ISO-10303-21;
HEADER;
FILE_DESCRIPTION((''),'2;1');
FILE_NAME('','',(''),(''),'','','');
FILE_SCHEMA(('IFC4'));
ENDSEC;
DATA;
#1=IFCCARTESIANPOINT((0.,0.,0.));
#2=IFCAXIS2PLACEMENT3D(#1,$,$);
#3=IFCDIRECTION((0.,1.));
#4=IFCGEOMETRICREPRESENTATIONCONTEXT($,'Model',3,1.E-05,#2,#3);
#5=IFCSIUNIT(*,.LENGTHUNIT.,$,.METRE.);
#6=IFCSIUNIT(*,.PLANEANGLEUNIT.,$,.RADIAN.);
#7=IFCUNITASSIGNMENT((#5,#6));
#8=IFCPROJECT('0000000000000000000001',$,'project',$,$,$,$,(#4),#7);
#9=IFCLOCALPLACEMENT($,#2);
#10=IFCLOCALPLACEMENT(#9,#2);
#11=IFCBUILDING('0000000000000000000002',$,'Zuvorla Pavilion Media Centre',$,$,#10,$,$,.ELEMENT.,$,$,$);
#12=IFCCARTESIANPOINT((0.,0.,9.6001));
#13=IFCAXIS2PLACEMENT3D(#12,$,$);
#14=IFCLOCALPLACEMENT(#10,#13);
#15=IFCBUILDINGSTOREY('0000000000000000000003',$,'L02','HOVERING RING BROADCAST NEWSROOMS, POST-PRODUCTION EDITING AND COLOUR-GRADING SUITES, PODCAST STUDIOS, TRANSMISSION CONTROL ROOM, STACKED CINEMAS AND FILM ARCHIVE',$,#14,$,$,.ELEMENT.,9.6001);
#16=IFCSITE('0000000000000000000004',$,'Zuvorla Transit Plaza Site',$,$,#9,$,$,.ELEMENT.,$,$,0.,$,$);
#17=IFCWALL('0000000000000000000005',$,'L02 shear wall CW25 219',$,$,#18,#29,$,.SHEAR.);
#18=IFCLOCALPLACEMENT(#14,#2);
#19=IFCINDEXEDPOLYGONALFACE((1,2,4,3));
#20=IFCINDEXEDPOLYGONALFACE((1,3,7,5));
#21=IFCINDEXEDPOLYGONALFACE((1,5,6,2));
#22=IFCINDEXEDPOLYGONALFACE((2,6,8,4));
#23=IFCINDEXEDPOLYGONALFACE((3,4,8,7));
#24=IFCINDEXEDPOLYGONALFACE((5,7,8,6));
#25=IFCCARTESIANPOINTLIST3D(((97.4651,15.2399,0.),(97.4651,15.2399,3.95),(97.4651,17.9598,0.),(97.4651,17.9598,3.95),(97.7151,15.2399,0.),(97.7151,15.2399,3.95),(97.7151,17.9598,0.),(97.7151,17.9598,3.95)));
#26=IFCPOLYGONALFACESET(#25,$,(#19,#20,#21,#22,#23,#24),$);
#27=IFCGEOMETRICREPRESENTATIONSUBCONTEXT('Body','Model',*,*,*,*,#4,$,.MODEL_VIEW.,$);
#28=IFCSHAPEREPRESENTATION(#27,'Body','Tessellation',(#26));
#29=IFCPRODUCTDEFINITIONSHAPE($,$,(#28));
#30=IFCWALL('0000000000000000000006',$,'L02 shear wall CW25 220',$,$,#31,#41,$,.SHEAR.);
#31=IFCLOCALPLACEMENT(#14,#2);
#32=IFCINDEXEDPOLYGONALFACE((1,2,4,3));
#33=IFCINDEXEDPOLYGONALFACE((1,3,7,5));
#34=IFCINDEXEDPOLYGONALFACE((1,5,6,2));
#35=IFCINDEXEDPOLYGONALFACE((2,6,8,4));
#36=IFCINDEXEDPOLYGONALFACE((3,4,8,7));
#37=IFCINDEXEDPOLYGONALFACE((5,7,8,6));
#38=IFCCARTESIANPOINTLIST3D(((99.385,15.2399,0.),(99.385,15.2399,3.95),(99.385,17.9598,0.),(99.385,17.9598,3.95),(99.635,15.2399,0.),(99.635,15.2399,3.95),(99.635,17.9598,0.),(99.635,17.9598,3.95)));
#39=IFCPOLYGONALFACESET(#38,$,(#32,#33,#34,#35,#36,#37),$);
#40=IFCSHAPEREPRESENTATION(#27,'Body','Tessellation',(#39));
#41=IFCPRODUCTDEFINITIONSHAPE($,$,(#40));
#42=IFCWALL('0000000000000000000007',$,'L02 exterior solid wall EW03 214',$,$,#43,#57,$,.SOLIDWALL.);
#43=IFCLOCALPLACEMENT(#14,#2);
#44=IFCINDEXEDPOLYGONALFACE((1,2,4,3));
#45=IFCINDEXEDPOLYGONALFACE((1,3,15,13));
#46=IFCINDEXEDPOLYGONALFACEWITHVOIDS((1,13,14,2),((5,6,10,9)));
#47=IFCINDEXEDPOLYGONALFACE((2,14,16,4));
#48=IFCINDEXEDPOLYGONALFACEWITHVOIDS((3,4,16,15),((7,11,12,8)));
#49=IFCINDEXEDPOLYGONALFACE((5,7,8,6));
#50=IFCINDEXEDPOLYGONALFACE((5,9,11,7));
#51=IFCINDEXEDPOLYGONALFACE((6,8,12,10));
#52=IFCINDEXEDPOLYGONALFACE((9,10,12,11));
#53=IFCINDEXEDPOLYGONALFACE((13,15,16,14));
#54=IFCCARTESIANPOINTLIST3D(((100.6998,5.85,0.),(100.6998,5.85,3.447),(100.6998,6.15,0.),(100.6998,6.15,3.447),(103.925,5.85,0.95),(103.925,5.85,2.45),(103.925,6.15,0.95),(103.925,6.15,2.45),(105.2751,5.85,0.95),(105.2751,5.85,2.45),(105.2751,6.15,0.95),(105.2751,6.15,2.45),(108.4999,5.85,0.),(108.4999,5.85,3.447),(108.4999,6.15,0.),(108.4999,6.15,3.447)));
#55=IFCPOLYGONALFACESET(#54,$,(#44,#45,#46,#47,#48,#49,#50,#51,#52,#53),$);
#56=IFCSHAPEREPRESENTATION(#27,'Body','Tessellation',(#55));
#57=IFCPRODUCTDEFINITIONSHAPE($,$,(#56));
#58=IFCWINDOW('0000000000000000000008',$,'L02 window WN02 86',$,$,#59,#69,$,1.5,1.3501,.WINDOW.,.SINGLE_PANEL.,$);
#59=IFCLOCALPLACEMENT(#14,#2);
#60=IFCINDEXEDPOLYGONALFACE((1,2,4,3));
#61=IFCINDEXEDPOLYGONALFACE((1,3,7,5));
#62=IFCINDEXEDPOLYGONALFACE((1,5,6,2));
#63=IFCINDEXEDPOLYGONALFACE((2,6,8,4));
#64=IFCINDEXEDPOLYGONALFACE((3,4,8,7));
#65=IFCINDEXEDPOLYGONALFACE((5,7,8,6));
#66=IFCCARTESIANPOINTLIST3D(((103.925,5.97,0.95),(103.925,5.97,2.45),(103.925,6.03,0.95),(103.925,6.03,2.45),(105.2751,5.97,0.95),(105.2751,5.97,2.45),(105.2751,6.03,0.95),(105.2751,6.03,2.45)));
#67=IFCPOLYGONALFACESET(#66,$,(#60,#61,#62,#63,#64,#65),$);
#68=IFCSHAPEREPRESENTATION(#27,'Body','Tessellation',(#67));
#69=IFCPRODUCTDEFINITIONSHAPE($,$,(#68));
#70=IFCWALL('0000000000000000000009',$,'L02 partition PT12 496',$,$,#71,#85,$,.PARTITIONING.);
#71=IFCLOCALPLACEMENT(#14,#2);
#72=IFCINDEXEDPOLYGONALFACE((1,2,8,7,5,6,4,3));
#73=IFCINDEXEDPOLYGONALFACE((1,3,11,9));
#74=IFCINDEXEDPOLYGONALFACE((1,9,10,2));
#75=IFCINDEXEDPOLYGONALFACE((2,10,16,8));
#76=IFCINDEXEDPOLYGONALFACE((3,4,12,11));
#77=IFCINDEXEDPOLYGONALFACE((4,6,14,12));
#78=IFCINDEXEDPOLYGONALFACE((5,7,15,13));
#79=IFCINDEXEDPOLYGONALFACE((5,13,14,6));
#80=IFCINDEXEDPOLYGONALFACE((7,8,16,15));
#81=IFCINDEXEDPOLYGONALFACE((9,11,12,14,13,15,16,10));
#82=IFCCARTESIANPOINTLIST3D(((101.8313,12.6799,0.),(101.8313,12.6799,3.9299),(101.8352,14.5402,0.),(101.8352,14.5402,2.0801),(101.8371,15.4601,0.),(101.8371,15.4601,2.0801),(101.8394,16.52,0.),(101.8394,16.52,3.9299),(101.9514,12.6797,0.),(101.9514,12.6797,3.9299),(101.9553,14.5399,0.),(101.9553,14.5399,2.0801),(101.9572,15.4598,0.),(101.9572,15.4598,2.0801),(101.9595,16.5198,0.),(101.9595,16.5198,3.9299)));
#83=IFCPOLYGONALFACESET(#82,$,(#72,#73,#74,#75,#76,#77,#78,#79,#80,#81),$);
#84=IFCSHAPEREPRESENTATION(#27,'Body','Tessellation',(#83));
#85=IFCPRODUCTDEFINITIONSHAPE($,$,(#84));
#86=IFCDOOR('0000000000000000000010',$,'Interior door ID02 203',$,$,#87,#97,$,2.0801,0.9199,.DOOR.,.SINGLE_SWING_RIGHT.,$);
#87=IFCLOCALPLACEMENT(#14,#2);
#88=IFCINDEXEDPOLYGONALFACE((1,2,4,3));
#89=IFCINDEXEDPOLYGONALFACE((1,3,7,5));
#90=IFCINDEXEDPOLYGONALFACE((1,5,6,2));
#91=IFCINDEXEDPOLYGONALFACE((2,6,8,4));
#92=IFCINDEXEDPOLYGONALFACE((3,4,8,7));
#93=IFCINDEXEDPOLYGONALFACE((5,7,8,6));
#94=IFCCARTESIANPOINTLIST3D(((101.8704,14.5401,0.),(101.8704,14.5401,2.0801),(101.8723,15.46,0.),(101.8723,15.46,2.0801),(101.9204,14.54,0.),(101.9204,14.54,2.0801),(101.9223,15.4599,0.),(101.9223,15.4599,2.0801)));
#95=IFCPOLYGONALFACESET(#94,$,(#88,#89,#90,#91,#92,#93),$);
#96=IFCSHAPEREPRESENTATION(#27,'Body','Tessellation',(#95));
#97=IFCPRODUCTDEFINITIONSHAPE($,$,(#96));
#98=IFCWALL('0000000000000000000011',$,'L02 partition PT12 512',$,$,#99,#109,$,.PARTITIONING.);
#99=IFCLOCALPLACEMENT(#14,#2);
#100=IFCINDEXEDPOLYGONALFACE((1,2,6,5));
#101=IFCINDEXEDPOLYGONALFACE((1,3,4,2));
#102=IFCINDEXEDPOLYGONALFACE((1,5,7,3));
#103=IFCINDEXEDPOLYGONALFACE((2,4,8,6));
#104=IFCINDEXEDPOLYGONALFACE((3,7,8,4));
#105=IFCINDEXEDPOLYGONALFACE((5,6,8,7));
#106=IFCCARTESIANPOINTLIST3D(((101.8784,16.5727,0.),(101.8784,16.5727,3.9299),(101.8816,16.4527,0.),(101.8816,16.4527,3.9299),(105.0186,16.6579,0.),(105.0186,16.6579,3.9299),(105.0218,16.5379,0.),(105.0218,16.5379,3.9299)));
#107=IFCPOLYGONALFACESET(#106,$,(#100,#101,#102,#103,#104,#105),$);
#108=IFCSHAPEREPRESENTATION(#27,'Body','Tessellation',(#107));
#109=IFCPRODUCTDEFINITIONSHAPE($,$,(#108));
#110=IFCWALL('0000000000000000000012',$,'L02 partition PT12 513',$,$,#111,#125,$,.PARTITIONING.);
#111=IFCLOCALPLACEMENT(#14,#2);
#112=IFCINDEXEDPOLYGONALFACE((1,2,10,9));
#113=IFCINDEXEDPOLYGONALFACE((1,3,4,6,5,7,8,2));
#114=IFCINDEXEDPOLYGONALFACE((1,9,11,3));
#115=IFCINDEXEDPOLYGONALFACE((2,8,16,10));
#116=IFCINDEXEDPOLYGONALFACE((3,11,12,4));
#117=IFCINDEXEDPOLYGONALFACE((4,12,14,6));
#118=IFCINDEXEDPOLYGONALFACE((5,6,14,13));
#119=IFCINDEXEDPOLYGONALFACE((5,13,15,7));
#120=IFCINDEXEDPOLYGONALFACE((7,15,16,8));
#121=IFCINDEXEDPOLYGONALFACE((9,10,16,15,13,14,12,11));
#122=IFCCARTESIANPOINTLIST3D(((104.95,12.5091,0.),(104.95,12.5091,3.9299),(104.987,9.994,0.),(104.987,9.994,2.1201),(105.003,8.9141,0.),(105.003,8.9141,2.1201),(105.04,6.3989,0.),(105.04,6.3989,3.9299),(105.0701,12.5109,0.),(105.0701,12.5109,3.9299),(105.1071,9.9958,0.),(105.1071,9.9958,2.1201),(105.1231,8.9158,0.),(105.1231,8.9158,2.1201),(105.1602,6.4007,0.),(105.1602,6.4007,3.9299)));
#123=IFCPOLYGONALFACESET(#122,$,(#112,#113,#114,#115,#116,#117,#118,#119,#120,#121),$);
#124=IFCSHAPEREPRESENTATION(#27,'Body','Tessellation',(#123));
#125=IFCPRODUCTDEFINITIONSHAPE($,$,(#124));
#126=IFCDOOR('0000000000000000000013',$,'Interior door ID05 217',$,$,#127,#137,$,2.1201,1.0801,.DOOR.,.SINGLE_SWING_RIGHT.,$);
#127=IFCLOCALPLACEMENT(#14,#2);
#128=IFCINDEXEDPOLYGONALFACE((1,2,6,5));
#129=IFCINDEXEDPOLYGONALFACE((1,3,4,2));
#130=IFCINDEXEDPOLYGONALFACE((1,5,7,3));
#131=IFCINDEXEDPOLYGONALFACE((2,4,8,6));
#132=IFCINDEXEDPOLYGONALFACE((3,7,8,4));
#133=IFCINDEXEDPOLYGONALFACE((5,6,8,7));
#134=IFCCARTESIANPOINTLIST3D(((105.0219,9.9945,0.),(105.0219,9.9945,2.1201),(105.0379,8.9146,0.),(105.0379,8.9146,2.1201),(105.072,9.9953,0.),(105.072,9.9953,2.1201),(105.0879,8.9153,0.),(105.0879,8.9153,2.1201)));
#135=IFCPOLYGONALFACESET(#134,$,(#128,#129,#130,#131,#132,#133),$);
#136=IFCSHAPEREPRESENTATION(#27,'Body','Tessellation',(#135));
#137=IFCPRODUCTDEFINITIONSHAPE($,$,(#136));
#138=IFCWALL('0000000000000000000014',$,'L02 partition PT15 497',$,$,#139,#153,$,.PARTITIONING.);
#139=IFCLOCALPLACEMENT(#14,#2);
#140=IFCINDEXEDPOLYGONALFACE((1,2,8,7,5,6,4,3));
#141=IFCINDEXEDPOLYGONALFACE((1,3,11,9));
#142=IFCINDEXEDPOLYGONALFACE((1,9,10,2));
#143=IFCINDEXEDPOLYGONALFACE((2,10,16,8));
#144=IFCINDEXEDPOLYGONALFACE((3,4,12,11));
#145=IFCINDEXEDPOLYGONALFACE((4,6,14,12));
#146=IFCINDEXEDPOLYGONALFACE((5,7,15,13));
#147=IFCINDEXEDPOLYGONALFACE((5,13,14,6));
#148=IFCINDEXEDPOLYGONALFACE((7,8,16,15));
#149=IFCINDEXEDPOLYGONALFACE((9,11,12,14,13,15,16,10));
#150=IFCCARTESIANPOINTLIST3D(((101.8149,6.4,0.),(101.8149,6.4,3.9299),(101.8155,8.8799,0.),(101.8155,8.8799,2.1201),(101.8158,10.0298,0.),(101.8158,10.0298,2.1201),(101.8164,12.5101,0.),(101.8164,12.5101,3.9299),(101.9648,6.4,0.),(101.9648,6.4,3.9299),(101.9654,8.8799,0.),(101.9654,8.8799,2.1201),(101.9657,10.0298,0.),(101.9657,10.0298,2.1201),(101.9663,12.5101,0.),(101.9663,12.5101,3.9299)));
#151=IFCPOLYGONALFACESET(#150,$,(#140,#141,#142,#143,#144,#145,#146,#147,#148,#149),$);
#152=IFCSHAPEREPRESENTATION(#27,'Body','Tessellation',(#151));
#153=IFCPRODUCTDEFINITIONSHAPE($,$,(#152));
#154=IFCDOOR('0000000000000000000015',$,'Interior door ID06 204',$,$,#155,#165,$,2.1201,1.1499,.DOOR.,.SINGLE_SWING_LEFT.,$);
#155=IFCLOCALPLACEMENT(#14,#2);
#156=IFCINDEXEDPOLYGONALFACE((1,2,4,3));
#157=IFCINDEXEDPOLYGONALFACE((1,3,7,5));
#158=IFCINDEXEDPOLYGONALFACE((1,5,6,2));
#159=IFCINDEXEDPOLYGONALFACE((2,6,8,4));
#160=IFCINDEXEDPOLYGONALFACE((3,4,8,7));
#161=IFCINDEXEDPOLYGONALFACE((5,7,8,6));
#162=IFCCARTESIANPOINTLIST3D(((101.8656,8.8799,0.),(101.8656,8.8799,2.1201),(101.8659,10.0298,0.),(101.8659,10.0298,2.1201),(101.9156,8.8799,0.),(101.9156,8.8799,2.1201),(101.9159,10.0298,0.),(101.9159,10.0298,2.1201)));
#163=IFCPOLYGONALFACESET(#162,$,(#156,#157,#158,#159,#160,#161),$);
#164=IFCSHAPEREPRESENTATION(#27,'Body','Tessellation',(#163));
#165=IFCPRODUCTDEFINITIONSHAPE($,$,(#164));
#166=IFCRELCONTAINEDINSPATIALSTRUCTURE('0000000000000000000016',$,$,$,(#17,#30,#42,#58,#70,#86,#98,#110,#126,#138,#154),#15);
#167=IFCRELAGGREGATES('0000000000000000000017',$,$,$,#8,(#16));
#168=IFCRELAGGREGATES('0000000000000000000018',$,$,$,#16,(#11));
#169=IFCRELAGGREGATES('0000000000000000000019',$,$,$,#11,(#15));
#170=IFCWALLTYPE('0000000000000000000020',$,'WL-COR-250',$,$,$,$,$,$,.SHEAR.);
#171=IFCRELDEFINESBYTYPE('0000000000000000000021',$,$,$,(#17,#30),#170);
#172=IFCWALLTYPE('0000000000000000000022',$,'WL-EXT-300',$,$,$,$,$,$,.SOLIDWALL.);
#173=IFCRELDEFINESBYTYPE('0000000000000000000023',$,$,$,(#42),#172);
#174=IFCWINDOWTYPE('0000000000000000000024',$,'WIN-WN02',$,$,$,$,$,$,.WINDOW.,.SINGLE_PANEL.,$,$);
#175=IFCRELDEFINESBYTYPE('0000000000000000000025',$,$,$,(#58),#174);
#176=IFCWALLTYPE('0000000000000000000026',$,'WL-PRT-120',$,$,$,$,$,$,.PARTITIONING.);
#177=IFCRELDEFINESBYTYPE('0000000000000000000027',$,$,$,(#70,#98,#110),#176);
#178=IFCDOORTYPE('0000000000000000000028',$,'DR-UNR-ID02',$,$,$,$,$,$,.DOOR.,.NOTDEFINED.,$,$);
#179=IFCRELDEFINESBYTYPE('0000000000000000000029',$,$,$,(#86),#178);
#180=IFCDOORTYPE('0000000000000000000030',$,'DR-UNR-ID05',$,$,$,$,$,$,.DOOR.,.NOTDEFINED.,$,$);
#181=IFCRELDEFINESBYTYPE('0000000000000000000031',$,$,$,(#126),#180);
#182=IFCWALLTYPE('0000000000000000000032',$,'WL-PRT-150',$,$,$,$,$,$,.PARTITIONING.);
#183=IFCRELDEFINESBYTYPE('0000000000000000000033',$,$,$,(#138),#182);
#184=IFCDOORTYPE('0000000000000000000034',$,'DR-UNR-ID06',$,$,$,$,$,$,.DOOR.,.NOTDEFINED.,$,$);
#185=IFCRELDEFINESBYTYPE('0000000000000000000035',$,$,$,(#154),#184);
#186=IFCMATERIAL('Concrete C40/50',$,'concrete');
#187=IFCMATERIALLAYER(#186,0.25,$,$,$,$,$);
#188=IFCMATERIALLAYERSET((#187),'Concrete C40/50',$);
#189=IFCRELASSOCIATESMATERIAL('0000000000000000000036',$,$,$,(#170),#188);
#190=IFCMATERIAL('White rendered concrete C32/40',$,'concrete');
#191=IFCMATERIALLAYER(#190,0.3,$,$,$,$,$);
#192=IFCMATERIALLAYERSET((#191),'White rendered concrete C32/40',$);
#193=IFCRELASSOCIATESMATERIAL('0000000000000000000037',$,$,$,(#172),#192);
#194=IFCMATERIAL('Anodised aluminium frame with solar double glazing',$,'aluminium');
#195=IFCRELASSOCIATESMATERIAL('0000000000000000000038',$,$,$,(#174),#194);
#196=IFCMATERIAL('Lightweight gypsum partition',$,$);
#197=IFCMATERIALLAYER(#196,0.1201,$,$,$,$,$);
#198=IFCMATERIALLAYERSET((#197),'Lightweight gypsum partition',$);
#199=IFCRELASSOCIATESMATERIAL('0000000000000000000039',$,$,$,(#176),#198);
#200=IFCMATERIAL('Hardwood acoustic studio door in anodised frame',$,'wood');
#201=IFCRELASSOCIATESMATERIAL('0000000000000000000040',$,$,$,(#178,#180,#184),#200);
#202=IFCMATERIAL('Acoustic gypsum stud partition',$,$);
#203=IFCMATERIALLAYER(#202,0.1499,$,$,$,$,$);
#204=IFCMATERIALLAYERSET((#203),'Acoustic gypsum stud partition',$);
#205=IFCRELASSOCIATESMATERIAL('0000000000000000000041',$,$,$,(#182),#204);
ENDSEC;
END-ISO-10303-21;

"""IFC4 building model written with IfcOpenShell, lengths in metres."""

from ifc_helpers import new_model, si_unit, direction, frame, frame_2d, origin, place, context, subcontext, project, spatial, rectangle, extrude, material, layer, layer_set, type_object, element, fill, save


model = new_model("IFC4")

# Units and contexts
model_context = context("Model", 3, precision=1e-05, world=origin(), true_north=direction((0.0, 1.0)))
body_context = subcontext(model_context, "Body", "Model", "MODEL_VIEW")
ifc_project = project(units=[si_unit("LENGTHUNIT", "METRE"), si_unit("PLANEANGLEUNIT", "RADIAN")], contexts=[model_context])

# Site, building, storey
site_placement = place(None, origin())
site = spatial("IfcSite", under=ifc_project, at=site_placement, Name="Zuvorla Transit Plaza Site", CompositionType="ELEMENT", RefElevation=0.0)
building_placement = place(site_placement, origin())
building = spatial("IfcBuilding", under=site, at=building_placement, Name="Zuvorla Pavilion Media Centre", CompositionType="ELEMENT")
storey_placement = place(building_placement, frame((0.0, 0.0, 9.6001)))
storey = spatial("IfcBuildingStorey", under=building, at=storey_placement, Name="L02", Description="HOVERING RING BROADCAST NEWSROOMS, POST-PRODUCTION EDITING AND COLOUR-GRADING SUITES, PODCAST STUDIOS, TRANSMISSION CONTROL ROOM, STACKED CINEMAS AND FILM ARCHIVE", CompositionType="ELEMENT", Elevation=9.6001)

# Shared definitions
ifc_material_1 = material(Name="Concrete C40/50", Category="concrete")

# Shared definitions
ifc_layer_1 = layer(ifc_material_1, 0.25)
ifc_layer_set_1 = layer_set([ifc_layer_1], Name="Concrete C40/50")
wall_type_1 = type_object("IfcWallType", Name="WL-COR-250", PredefinedType="SHEAR", material=ifc_layer_set_1)

# Walls
for number, where, z_axis, x_axis, name in (
    (1, (97.5901, 15.24, 0.0), (0.0, 0.0, 1.0), (0.0, 1.0, 0.0), "L02 shear wall CW25 219"),
    (2, (99.51, 15.24, 0.0), (0.0, 0.0, 1.0), (0.0, 1.0, 0.0), "L02 shear wall CW25 220"),
):
    element("IfcWall", number, at=place(storey_placement, frame(where, z_axis=z_axis, x_axis=x_axis)), inside=storey, type_object=wall_type_1, Name=name, PredefinedType="SHEAR", context=body_context, shape_type="SweptSolid", body=[
        extrude(rectangle(XDim=2.72, YDim=0.25, at=frame_2d((1.3599, 0.0))), origin(), (0.0, 0.0, 1.0), 3.95),
    ])

# Wall, opening, window
ifc_material_2 = material(Name="White rendered concrete C32/40", Category="concrete")
ifc_layer_2 = layer(ifc_material_2, 0.3)
ifc_layer_set_2 = layer_set([ifc_layer_2], Name="White rendered concrete C32/40")
wall_type_2 = type_object("IfcWallType", Name="WL-EXT-300", PredefinedType="SOLIDWALL", material=ifc_layer_set_2)
wall_1_placement = place(storey_placement, frame((100.7, 6.0, 0.0), z_axis=(0.0, 0.0, 1.0), x_axis=(1.0, 0.0, 0.0)))
wall_1 = element("IfcWall", 3, at=wall_1_placement, inside=storey, type_object=wall_type_2, Name="L02 exterior solid wall EW03 214", PredefinedType="SOLIDWALL", context=body_context, shape_type="SweptSolid", body=[
    extrude(rectangle(XDim=7.8, YDim=0.3, at=frame_2d((3.8999, 0.0))), origin(), (0.0, 0.0, 1.0), 3.447),
])
opening_1_placement = place(wall_1_placement, frame((3.2251, 0.0, 0.95)))
opening_1 = element("IfcOpeningElement", 4, at=opening_1_placement, cuts=wall_1, PredefinedType="OPENING", context=body_context, shape_type="SweptSolid", body=[
    extrude(rectangle(XDim=1.3501, YDim=1.5, at=frame_2d((0.675, 0.75))), frame((0.0, 0.1599, 0.0), z_axis=(0.0, -1.0, 0.0), x_axis=(1.0, 0.0, 0.0)), (0.0, 0.0, 1.0), 0.3201),
])
ifc_material_3 = material(Name="Anodised aluminium frame with solar double glazing", Category="aluminium")
window_type = type_object("IfcWindowType", Name="WIN-WN02", PartitioningType="SINGLE_PANEL", PredefinedType="WINDOW", material=ifc_material_3)
window_placement = place(opening_1_placement, origin())
window = element("IfcWindow", 5, at=window_placement, inside=storey, type_object=window_type, Name="L02 window WN02 86", OverallHeight=1.5, OverallWidth=1.3501, PartitioningType="SINGLE_PANEL", PredefinedType="WINDOW", context=body_context, shape_type="SweptSolid", body=[
    extrude(rectangle(XDim=1.3501, YDim=1.5, at=frame_2d((0.675, 0.75))), frame((0.0, 0.03, 0.0), z_axis=(0.0, -1.0, 0.0), x_axis=(1.0, 0.0, 0.0)), (0.0, 0.0, 1.0), 0.0601),
])
fill(opening_1, window)

# Wall, opening, door
ifc_material_4 = material(Name="Lightweight gypsum partition")
ifc_layer_3 = layer(ifc_material_4, 0.1201)
ifc_layer_set_3 = layer_set([ifc_layer_3], Name="Lightweight gypsum partition")
wall_type_3 = type_object("IfcWallType", Name="WL-PRT-120", PredefinedType="PARTITIONING", material=ifc_layer_set_3)
wall_2_placement = place(storey_placement, frame((101.8914, 12.6799, 0.0), z_axis=(0.0, 0.0, 1.0), x_axis=(0.002098, 0.999998, 0.0)))
wall_2 = element("IfcWall", 6, at=wall_2_placement, inside=storey, type_object=wall_type_3, Name="L02 partition PT12 496", PredefinedType="PARTITIONING", context=body_context, shape_type="SweptSolid", body=[
    extrude(rectangle(XDim=3.8401, YDim=0.1201, at=frame_2d((1.9199, 0.0))), origin(), (0.0, 0.0, 1.0), 3.9299),
])
opening_2_placement = place(wall_2_placement, frame((1.8601, 0.0, 0.0)))
opening_2 = element("IfcOpeningElement", 7, at=opening_2_placement, cuts=wall_2, PredefinedType="OPENING", context=body_context, shape_type="SweptSolid", body=[
    extrude(rectangle(XDim=0.9199, YDim=2.0801, at=frame_2d((0.46, 1.04))), frame((0.0, 0.0701, 0.0), z_axis=(0.0, -1.0, 0.0), x_axis=(1.0, 0.0, 0.0)), (0.0, 0.0, 1.0), 0.1401),
])
ifc_material_5 = material(Name="Hardwood acoustic studio door in anodised frame", Category="wood")
door_type_1 = type_object("IfcDoorType", Name="DR-UNR-ID02", OperationType="NOTDEFINED", PredefinedType="DOOR", material=ifc_material_5)
door_1_placement = place(opening_2_placement, origin())
door_1 = element("IfcDoor", 8, at=door_1_placement, inside=storey, type_object=door_type_1, Name="Interior door ID02 203", OperationType="SINGLE_SWING_RIGHT", OverallHeight=2.0801, OverallWidth=0.9199, PredefinedType="DOOR", context=body_context, shape_type="SweptSolid", body=[
    extrude(rectangle(XDim=0.9199, YDim=2.0801, at=frame_2d((0.46, 1.04))), frame((0.0, 0.0249, 0.0), z_axis=(0.0, -1.0, 0.0), x_axis=(1.0, 0.0, 0.0)), (0.0, 0.0, 1.0), 0.05),
])
fill(opening_2, door_1)

# Wall
wall_3_placement = place(storey_placement, frame((101.8799, 16.5127, 0.0), z_axis=(0.0, 0.0, 1.0), x_axis=(0.999632, 0.027124, 0.0)))
element("IfcWall", 9, at=wall_3_placement, inside=storey, type_object=wall_type_3, Name="L02 partition PT12 512", PredefinedType="PARTITIONING", context=body_context, shape_type="SweptSolid", body=[
    extrude(rectangle(XDim=3.1414, YDim=0.1201, at=frame_2d((1.5708, 0.0))), origin(), (0.0, 0.0, 1.0), 3.9299),
])

# Walls, openings, doors
wall_4_placement = place(storey_placement, frame((105.01, 12.51, 0.0), z_axis=(0.0, 0.0, 1.0), x_axis=(0.014742, -0.999891, 0.0)))
wall_4 = element("IfcWall", 10, at=wall_4_placement, inside=storey, type_object=wall_type_3, Name="L02 partition PT12 513", PredefinedType="PARTITIONING", context=body_context, shape_type="SweptSolid", body=[
    extrude(rectangle(XDim=6.1108, YDim=0.1201, at=frame_2d((3.0554, 0.0))), origin(), (0.0, 0.0, 1.0), 3.9299),
])
opening_3_placement = place(wall_4_placement, frame((2.5154, 0.0, 0.0)))
opening_3 = element("IfcOpeningElement", 11, at=opening_3_placement, cuts=wall_4, PredefinedType="OPENING", context=body_context, shape_type="SweptSolid", body=[
    extrude(rectangle(XDim=1.0801, YDim=2.1201, at=frame_2d((0.54, 1.0601))), frame((0.0, 0.0701, 0.0), z_axis=(0.0, -1.0, 0.0), x_axis=(1.0, 0.0, 0.0)), (0.0, 0.0, 1.0), 0.1401),
])
door_type_2 = type_object("IfcDoorType", Name="DR-UNR-ID05", OperationType="NOTDEFINED", PredefinedType="DOOR", material=ifc_material_5)
door_2_placement = place(opening_3_placement, origin())
door_2 = element("IfcDoor", 12, at=door_2_placement, inside=storey, type_object=door_type_2, Name="Interior door ID05 217", OperationType="SINGLE_SWING_RIGHT", OverallHeight=2.1201, OverallWidth=1.0801, PredefinedType="DOOR", context=body_context, shape_type="SweptSolid", body=[
    extrude(rectangle(XDim=1.0801, YDim=2.1201, at=frame_2d((0.54, 1.0601))), frame((0.0, 0.0249, 0.0), z_axis=(0.0, -1.0, 0.0), x_axis=(1.0, 0.0, 0.0)), (0.0, 0.0, 1.0), 0.05),
])
fill(opening_3, door_2)
ifc_material_6 = material(Name="Acoustic gypsum stud partition")
ifc_layer_4 = layer(ifc_material_6, 0.1499)
ifc_layer_set_4 = layer_set([ifc_layer_4], Name="Acoustic gypsum stud partition")
wall_type_4 = type_object("IfcWallType", Name="WL-PRT-150", PredefinedType="PARTITIONING", material=ifc_layer_set_4)
wall_5_placement = place(storey_placement, frame((101.8899, 6.3999, 0.0), z_axis=(0.0, 0.0, 1.0), x_axis=(0.00024, 1.0, 0.0)))
wall_5 = element("IfcWall", 13, at=wall_5_placement, inside=storey, type_object=wall_type_4, Name="L02 partition PT15 497", PredefinedType="PARTITIONING", context=body_context, shape_type="SweptSolid", body=[
    extrude(rectangle(XDim=6.1101, YDim=0.1499, at=frame_2d((3.0552, 0.0))), origin(), (0.0, 0.0, 1.0), 3.9299),
])
opening_4_placement = place(wall_5_placement, frame((2.48, 0.0, 0.0)))
opening_4 = element("IfcOpeningElement", 14, at=opening_4_placement, cuts=wall_5, PredefinedType="OPENING", context=body_context, shape_type="SweptSolid", body=[
    extrude(rectangle(XDim=1.1499, YDim=2.1201, at=frame_2d((0.575, 1.0601))), frame((0.0, 0.085, 0.0), z_axis=(0.0, -1.0, 0.0), x_axis=(1.0, 0.0, 0.0)), (0.0, 0.0, 1.0), 0.1699),
])
door_type_3 = type_object("IfcDoorType", Name="DR-UNR-ID06", OperationType="NOTDEFINED", PredefinedType="DOOR", material=ifc_material_5)
door_3_placement = place(opening_4_placement, origin())
door_3 = element("IfcDoor", 15, at=door_3_placement, inside=storey, type_object=door_type_3, Name="Interior door ID06 204", OperationType="SINGLE_SWING_LEFT", OverallHeight=2.1201, OverallWidth=1.1499, PredefinedType="DOOR", context=body_context, shape_type="SweptSolid", body=[
    extrude(rectangle(XDim=1.1499, YDim=2.1201, at=frame_2d((0.575, 1.0601))), frame((0.0, 0.0249, 0.0), z_axis=(0.0, -1.0, 0.0), x_axis=(1.0, 0.0, 0.0)), (0.0, 0.0, 1.0), 0.05),
])
fill(opening_4, door_3)

save(model, "model.ifc")
